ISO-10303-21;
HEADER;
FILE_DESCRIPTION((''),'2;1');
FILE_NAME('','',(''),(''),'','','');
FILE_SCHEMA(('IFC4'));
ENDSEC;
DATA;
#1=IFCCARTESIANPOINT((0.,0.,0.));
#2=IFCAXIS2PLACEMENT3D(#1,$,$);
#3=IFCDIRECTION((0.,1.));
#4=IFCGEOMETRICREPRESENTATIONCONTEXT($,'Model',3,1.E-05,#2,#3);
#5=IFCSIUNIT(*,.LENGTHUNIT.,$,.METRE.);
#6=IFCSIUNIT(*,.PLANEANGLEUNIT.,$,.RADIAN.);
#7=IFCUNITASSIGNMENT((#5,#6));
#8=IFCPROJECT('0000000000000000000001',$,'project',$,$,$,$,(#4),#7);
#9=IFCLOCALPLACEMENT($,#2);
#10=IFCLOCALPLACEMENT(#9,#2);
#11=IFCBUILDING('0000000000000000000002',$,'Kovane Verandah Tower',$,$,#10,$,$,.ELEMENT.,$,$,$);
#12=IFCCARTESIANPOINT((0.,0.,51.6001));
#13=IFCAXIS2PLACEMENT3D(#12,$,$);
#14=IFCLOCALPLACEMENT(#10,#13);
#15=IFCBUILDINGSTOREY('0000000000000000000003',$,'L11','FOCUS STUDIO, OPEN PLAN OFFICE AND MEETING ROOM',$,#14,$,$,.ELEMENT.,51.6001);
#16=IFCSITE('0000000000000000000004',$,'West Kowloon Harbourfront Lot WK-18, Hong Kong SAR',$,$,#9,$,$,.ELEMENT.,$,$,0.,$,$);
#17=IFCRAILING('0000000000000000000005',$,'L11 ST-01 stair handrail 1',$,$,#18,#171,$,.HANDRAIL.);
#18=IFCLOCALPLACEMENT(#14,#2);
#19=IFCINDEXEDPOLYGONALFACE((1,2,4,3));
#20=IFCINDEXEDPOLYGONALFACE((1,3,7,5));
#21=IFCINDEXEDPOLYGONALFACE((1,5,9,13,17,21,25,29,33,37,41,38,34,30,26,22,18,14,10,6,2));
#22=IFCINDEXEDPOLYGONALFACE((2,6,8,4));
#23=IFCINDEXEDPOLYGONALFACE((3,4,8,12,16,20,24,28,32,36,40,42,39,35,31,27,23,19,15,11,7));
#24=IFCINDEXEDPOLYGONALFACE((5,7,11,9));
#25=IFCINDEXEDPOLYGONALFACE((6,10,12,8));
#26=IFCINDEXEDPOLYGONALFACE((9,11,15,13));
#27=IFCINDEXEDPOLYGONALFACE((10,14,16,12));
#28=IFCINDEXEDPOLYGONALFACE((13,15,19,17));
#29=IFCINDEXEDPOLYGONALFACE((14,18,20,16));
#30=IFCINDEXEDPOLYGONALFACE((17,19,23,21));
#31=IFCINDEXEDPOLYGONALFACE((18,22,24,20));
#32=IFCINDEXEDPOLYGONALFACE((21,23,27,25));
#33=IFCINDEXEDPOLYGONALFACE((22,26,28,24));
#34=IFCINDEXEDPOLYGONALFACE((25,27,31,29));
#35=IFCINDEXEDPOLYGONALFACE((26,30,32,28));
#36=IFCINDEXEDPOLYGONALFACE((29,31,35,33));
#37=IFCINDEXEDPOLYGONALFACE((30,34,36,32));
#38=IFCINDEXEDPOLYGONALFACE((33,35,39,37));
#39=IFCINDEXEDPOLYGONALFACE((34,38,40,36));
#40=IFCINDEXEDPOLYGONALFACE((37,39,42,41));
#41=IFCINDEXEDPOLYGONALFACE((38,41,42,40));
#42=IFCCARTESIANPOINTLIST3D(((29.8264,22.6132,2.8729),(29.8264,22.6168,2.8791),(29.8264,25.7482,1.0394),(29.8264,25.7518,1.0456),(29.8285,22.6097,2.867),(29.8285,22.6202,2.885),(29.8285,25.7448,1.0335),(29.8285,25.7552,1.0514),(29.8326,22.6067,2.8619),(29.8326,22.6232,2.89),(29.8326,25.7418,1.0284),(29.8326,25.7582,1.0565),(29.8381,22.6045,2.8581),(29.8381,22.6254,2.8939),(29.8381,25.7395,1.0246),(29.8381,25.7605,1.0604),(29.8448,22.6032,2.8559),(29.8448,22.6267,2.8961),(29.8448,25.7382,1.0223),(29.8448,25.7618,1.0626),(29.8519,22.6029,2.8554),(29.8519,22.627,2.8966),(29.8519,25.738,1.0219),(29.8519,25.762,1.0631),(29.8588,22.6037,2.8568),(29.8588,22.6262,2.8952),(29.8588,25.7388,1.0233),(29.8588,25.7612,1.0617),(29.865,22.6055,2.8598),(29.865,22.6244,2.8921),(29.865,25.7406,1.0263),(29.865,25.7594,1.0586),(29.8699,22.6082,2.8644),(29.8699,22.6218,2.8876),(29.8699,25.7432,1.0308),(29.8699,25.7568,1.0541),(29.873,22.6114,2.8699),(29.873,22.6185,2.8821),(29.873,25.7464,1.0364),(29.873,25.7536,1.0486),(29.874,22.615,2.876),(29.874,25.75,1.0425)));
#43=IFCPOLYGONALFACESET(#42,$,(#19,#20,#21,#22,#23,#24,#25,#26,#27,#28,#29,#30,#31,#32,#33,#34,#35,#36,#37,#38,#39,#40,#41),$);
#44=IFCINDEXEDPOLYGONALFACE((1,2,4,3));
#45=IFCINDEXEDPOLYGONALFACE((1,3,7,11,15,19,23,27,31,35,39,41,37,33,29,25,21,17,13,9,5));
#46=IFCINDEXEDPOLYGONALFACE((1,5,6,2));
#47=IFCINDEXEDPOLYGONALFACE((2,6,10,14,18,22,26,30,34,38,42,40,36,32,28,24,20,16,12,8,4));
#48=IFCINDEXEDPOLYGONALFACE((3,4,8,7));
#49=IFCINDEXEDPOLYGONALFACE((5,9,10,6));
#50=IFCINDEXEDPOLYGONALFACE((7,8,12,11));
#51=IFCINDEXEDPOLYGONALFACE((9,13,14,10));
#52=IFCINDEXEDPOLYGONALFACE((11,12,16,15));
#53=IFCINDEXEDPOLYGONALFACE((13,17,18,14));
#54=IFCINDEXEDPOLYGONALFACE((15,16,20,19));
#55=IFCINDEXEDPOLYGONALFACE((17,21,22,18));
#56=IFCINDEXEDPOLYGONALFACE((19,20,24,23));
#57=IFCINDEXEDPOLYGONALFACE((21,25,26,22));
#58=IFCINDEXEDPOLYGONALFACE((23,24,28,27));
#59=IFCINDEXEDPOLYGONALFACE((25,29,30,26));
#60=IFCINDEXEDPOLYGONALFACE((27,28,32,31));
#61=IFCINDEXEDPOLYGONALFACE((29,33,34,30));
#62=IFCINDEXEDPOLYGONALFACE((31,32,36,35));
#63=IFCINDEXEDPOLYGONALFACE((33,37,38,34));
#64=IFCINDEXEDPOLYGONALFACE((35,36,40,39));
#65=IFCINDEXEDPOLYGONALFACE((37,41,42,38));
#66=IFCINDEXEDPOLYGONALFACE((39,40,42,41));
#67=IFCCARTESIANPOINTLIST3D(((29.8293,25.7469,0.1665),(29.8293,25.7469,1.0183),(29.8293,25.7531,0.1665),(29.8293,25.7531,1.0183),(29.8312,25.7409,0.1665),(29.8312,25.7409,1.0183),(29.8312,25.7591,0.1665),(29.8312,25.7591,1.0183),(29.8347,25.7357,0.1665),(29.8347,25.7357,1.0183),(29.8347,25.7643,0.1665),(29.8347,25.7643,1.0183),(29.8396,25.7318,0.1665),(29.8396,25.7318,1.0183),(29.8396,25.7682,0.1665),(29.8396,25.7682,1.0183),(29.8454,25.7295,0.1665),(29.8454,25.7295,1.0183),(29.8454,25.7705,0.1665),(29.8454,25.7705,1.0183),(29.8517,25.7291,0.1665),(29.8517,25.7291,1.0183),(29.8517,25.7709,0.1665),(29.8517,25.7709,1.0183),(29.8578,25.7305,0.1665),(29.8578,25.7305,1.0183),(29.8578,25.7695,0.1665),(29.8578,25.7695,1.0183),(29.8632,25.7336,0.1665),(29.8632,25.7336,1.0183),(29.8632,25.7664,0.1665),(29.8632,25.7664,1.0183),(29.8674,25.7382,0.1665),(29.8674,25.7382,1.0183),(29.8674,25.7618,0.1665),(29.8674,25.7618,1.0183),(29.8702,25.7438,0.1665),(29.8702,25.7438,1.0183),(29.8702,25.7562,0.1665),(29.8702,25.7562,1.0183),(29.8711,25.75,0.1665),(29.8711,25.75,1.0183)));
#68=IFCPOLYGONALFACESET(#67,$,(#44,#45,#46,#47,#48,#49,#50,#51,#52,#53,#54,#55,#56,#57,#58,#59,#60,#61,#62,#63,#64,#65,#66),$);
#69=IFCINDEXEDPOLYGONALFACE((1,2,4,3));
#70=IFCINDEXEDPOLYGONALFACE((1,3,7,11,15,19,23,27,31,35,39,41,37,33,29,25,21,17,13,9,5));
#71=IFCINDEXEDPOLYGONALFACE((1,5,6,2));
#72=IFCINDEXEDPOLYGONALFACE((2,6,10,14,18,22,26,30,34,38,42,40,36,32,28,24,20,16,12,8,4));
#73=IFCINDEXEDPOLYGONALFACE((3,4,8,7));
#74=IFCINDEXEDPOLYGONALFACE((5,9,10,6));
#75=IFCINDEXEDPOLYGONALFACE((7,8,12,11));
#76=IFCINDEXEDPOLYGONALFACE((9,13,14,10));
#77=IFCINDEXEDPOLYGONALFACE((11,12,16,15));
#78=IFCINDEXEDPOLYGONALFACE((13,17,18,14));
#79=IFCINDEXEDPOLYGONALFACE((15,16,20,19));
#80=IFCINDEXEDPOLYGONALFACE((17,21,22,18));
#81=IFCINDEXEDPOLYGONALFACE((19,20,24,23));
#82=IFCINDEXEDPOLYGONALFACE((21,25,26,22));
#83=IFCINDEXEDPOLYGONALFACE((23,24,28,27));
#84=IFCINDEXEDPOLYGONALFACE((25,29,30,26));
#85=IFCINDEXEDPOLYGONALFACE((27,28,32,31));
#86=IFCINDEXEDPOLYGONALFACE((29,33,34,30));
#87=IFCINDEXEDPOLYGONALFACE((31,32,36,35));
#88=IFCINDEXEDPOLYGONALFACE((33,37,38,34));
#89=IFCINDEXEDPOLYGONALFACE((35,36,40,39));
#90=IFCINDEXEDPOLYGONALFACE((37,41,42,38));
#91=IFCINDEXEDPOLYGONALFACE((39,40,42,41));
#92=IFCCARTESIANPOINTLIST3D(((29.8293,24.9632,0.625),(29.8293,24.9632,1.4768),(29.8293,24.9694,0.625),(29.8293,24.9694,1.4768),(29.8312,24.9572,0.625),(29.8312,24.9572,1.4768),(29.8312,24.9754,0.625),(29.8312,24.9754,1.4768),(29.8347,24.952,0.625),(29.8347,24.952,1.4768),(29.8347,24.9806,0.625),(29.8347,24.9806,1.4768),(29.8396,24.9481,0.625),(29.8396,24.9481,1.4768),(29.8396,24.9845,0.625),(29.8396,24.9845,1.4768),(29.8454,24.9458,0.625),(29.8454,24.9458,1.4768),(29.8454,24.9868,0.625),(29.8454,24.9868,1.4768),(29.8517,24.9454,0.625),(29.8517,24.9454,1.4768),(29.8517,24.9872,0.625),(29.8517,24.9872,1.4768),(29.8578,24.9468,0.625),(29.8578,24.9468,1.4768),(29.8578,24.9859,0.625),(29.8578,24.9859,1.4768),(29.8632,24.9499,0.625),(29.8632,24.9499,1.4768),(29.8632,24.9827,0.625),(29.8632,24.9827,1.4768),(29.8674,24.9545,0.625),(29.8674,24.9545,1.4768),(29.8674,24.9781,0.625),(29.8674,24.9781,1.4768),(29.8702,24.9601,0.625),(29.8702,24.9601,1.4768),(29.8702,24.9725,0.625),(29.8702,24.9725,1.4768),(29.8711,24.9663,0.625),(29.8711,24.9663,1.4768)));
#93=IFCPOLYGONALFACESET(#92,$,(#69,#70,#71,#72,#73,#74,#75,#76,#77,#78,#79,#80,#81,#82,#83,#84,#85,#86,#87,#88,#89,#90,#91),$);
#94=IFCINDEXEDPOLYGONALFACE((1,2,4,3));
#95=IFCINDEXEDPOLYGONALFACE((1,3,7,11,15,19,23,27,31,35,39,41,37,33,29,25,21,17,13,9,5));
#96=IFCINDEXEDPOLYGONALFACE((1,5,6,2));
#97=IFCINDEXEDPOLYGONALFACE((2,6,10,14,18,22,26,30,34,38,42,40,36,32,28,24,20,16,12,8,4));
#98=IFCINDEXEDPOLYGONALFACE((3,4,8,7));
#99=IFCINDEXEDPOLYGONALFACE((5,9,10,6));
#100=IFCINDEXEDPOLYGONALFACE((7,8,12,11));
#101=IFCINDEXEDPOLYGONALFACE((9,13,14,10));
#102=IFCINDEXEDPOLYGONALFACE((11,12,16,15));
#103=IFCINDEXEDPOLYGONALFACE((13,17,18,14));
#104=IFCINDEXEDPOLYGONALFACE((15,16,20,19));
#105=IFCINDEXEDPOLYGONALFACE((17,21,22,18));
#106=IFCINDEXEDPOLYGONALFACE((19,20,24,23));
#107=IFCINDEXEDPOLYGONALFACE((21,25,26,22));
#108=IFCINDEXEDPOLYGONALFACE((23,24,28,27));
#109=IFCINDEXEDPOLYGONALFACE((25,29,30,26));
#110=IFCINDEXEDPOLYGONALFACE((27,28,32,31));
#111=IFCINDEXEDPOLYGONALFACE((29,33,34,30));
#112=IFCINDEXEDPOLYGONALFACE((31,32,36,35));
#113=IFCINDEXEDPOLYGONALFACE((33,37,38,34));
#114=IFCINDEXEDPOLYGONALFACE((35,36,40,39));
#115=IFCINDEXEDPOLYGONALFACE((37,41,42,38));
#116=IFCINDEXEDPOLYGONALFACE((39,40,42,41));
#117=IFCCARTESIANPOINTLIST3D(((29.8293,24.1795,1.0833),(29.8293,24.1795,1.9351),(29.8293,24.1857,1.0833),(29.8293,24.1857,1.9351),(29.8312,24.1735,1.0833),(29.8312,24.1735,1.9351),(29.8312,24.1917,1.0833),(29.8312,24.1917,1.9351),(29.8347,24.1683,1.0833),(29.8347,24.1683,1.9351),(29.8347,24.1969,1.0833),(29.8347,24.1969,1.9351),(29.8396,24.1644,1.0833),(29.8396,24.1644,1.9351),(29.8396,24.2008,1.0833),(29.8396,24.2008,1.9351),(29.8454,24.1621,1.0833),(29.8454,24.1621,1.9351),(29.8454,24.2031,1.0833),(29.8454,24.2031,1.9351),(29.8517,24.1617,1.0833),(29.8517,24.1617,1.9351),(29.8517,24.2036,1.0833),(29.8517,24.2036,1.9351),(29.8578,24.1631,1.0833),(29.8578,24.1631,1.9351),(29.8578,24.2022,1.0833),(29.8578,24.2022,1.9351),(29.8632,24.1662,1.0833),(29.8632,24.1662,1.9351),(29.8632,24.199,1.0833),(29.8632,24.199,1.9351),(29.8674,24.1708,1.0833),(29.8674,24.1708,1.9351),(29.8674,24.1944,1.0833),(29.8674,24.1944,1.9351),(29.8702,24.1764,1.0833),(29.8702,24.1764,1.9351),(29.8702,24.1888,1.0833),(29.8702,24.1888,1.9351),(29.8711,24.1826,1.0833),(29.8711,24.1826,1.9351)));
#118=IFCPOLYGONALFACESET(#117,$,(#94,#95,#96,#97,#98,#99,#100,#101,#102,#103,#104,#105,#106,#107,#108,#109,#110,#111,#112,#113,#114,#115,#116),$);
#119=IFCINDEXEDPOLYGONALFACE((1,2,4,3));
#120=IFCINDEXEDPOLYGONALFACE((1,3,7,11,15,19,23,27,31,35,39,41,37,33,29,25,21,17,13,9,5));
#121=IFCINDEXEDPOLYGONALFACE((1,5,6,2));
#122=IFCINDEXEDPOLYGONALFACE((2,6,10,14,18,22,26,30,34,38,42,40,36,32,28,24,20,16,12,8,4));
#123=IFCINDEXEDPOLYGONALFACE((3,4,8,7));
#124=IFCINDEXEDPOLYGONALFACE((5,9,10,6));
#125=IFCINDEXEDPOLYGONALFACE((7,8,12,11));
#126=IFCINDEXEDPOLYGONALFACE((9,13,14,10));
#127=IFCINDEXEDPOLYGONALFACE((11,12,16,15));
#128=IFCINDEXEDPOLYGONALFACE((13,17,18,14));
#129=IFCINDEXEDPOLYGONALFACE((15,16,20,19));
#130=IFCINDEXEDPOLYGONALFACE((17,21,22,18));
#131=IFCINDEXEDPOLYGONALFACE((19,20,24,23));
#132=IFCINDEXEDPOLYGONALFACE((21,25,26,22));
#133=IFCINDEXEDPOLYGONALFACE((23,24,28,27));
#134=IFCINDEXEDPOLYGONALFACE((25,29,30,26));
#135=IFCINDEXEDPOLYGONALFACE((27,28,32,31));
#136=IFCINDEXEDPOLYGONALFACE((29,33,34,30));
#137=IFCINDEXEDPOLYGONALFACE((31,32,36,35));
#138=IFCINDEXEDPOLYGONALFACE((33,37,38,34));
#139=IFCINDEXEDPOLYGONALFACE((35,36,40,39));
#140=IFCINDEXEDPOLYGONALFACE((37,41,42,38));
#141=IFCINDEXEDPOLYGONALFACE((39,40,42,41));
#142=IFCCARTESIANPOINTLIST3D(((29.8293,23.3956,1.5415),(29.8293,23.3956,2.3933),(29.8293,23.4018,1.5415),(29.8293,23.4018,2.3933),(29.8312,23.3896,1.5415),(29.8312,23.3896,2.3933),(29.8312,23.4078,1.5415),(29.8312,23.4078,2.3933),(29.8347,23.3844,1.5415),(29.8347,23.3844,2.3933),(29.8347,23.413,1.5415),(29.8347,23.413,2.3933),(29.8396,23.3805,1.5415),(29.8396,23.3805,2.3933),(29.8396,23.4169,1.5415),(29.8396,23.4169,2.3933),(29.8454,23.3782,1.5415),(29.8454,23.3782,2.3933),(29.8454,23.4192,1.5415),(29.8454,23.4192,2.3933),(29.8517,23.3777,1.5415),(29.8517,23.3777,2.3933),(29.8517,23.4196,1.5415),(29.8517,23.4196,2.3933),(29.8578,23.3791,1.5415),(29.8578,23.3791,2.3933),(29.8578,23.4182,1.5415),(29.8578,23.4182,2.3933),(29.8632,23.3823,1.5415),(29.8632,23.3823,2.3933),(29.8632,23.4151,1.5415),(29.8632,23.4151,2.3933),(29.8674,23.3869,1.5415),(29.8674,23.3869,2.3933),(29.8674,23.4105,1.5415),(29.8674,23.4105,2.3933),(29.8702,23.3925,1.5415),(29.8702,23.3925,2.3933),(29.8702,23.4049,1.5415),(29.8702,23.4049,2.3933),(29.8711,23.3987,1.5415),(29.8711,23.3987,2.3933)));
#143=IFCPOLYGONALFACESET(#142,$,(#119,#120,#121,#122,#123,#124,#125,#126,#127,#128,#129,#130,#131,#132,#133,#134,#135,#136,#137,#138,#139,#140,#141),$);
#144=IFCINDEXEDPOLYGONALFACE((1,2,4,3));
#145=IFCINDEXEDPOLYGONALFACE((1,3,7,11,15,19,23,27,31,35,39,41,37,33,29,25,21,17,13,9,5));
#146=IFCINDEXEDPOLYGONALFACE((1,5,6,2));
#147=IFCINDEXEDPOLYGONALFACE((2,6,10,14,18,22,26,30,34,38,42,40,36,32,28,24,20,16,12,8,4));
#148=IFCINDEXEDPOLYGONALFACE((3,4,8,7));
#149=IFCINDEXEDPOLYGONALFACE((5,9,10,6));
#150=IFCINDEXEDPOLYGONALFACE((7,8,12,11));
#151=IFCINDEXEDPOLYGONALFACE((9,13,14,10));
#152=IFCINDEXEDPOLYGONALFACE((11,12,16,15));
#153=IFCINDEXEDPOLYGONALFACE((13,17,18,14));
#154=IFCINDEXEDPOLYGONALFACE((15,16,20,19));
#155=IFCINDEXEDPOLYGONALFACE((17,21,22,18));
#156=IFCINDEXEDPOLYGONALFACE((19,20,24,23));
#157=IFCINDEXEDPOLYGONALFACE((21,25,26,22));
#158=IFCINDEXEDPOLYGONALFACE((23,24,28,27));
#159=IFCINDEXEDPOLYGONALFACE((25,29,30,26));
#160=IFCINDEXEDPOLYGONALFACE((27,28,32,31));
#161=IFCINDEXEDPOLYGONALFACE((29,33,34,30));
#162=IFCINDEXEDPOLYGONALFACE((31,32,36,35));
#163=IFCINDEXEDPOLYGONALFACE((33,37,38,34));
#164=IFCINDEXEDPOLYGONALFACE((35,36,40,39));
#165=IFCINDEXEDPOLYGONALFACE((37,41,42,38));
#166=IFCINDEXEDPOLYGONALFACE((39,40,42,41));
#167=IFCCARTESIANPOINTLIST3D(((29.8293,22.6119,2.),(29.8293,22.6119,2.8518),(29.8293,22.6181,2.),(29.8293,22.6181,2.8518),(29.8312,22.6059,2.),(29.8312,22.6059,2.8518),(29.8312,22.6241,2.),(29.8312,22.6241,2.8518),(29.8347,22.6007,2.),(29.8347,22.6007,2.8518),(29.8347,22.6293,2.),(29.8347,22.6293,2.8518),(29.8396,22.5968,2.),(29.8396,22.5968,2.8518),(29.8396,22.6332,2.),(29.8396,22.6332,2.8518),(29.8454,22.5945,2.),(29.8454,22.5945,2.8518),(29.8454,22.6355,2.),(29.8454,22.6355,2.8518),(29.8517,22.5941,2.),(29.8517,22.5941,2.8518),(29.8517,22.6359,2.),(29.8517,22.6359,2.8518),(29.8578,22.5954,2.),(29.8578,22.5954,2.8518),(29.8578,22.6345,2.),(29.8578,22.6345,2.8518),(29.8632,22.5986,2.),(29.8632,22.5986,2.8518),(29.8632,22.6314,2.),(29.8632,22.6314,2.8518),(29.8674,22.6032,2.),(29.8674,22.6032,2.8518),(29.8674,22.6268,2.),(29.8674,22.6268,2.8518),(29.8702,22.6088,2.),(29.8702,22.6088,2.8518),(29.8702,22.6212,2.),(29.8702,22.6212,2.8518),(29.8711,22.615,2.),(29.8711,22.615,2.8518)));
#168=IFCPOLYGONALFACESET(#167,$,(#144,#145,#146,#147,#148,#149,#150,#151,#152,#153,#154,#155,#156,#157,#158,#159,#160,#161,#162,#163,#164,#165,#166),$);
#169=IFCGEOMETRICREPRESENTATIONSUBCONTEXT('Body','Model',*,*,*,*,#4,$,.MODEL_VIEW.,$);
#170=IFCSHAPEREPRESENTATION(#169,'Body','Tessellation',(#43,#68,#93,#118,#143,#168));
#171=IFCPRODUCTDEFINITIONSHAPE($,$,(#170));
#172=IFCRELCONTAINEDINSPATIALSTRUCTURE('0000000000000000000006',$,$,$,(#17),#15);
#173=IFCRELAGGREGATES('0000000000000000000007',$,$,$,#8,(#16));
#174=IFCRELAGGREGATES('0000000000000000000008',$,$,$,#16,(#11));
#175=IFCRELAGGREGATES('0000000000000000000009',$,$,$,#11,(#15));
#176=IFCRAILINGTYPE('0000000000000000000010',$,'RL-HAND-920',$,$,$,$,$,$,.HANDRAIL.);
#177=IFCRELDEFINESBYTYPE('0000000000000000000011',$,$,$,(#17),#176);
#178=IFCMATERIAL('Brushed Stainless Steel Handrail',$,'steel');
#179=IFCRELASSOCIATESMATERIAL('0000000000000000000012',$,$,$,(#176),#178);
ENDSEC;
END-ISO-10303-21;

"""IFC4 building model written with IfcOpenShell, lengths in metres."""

from ifc_helpers import new_model, si_unit, direction, frame, origin, origin_2d, place, context, subcontext, project, spatial, circle, extrude, material, type_object, element, save


model = new_model("IFC4")

# Units and contexts
model_context = context("Model", 3, precision=1e-05, world=origin(), true_north=direction((0.0, 1.0)))
body_context = subcontext(model_context, "Body", "Model", "MODEL_VIEW")
ifc_project = project(units=[si_unit("LENGTHUNIT", "METRE"), si_unit("PLANEANGLEUNIT", "RADIAN")], contexts=[model_context])

# Site, building, storey
site_placement = place(None, origin())
site = spatial("IfcSite", under=ifc_project, at=site_placement, Name="West Kowloon Harbourfront Lot WK-18, Hong Kong SAR", CompositionType="ELEMENT", RefElevation=0.0)
building_placement = place(site_placement, origin())
building = spatial("IfcBuilding", under=site, at=building_placement, Name="Kovane Verandah Tower", CompositionType="ELEMENT")
storey_placement = place(building_placement, frame((0.0, 0.0, 51.6001)))
storey = spatial("IfcBuildingStorey", under=building, at=storey_placement, Name="L11", Description="FOCUS STUDIO, OPEN PLAN OFFICE AND MEETING ROOM", CompositionType="ELEMENT", Elevation=51.6001)

# Railing
ifc_material_1 = material(Name="Brushed Stainless Steel Handrail", Category="steel")
railing_type_1 = type_object("IfcRailingType", Name="RL-HAND-920", PredefinedType="HANDRAIL", material=ifc_material_1)
railing_1_placement = place(storey_placement, frame((29.8501, 25.75, 0.1665)))
element("IfcRailing", 1, at=railing_1_placement, inside=storey, type_object=railing_type_1, Name="L11 ST-01 stair handrail 1", PredefinedType="HANDRAIL", context=body_context, shape_type="SweptSolid", body=[
    extrude(circle(Radius=0.0239, at=origin_2d()), frame((0.0, 0.0, 0.876), z_axis=(0.0, -0.86321, 0.504845), x_axis=(1.0, 0.0, 0.0)), (0.0, 0.0, 1.0), 3.6318),
    extrude(circle(Radius=0.021, at=origin_2d()), origin(), (0.0, 0.0, 1.0), 0.8518),
    extrude(circle(Radius=0.021, at=origin_2d()), frame((0.0, -0.7837, 0.4585)), (0.0, 0.0, 1.0), 0.8518),
    extrude(circle(Radius=0.021, at=origin_2d()), frame((0.0, -1.5674, 0.9167)), (0.0, 0.0, 1.0), 0.8518),
    extrude(circle(Radius=0.021, at=origin_2d()), frame((0.0, -2.3513, 1.375)), (0.0, 0.0, 1.0), 0.8518),
    extrude(circle(Radius=0.021, at=origin_2d()), frame((0.0, -3.135, 1.8335)), (0.0, 0.0, 1.0), 0.8518),
])

save(model, "model.ifc")
